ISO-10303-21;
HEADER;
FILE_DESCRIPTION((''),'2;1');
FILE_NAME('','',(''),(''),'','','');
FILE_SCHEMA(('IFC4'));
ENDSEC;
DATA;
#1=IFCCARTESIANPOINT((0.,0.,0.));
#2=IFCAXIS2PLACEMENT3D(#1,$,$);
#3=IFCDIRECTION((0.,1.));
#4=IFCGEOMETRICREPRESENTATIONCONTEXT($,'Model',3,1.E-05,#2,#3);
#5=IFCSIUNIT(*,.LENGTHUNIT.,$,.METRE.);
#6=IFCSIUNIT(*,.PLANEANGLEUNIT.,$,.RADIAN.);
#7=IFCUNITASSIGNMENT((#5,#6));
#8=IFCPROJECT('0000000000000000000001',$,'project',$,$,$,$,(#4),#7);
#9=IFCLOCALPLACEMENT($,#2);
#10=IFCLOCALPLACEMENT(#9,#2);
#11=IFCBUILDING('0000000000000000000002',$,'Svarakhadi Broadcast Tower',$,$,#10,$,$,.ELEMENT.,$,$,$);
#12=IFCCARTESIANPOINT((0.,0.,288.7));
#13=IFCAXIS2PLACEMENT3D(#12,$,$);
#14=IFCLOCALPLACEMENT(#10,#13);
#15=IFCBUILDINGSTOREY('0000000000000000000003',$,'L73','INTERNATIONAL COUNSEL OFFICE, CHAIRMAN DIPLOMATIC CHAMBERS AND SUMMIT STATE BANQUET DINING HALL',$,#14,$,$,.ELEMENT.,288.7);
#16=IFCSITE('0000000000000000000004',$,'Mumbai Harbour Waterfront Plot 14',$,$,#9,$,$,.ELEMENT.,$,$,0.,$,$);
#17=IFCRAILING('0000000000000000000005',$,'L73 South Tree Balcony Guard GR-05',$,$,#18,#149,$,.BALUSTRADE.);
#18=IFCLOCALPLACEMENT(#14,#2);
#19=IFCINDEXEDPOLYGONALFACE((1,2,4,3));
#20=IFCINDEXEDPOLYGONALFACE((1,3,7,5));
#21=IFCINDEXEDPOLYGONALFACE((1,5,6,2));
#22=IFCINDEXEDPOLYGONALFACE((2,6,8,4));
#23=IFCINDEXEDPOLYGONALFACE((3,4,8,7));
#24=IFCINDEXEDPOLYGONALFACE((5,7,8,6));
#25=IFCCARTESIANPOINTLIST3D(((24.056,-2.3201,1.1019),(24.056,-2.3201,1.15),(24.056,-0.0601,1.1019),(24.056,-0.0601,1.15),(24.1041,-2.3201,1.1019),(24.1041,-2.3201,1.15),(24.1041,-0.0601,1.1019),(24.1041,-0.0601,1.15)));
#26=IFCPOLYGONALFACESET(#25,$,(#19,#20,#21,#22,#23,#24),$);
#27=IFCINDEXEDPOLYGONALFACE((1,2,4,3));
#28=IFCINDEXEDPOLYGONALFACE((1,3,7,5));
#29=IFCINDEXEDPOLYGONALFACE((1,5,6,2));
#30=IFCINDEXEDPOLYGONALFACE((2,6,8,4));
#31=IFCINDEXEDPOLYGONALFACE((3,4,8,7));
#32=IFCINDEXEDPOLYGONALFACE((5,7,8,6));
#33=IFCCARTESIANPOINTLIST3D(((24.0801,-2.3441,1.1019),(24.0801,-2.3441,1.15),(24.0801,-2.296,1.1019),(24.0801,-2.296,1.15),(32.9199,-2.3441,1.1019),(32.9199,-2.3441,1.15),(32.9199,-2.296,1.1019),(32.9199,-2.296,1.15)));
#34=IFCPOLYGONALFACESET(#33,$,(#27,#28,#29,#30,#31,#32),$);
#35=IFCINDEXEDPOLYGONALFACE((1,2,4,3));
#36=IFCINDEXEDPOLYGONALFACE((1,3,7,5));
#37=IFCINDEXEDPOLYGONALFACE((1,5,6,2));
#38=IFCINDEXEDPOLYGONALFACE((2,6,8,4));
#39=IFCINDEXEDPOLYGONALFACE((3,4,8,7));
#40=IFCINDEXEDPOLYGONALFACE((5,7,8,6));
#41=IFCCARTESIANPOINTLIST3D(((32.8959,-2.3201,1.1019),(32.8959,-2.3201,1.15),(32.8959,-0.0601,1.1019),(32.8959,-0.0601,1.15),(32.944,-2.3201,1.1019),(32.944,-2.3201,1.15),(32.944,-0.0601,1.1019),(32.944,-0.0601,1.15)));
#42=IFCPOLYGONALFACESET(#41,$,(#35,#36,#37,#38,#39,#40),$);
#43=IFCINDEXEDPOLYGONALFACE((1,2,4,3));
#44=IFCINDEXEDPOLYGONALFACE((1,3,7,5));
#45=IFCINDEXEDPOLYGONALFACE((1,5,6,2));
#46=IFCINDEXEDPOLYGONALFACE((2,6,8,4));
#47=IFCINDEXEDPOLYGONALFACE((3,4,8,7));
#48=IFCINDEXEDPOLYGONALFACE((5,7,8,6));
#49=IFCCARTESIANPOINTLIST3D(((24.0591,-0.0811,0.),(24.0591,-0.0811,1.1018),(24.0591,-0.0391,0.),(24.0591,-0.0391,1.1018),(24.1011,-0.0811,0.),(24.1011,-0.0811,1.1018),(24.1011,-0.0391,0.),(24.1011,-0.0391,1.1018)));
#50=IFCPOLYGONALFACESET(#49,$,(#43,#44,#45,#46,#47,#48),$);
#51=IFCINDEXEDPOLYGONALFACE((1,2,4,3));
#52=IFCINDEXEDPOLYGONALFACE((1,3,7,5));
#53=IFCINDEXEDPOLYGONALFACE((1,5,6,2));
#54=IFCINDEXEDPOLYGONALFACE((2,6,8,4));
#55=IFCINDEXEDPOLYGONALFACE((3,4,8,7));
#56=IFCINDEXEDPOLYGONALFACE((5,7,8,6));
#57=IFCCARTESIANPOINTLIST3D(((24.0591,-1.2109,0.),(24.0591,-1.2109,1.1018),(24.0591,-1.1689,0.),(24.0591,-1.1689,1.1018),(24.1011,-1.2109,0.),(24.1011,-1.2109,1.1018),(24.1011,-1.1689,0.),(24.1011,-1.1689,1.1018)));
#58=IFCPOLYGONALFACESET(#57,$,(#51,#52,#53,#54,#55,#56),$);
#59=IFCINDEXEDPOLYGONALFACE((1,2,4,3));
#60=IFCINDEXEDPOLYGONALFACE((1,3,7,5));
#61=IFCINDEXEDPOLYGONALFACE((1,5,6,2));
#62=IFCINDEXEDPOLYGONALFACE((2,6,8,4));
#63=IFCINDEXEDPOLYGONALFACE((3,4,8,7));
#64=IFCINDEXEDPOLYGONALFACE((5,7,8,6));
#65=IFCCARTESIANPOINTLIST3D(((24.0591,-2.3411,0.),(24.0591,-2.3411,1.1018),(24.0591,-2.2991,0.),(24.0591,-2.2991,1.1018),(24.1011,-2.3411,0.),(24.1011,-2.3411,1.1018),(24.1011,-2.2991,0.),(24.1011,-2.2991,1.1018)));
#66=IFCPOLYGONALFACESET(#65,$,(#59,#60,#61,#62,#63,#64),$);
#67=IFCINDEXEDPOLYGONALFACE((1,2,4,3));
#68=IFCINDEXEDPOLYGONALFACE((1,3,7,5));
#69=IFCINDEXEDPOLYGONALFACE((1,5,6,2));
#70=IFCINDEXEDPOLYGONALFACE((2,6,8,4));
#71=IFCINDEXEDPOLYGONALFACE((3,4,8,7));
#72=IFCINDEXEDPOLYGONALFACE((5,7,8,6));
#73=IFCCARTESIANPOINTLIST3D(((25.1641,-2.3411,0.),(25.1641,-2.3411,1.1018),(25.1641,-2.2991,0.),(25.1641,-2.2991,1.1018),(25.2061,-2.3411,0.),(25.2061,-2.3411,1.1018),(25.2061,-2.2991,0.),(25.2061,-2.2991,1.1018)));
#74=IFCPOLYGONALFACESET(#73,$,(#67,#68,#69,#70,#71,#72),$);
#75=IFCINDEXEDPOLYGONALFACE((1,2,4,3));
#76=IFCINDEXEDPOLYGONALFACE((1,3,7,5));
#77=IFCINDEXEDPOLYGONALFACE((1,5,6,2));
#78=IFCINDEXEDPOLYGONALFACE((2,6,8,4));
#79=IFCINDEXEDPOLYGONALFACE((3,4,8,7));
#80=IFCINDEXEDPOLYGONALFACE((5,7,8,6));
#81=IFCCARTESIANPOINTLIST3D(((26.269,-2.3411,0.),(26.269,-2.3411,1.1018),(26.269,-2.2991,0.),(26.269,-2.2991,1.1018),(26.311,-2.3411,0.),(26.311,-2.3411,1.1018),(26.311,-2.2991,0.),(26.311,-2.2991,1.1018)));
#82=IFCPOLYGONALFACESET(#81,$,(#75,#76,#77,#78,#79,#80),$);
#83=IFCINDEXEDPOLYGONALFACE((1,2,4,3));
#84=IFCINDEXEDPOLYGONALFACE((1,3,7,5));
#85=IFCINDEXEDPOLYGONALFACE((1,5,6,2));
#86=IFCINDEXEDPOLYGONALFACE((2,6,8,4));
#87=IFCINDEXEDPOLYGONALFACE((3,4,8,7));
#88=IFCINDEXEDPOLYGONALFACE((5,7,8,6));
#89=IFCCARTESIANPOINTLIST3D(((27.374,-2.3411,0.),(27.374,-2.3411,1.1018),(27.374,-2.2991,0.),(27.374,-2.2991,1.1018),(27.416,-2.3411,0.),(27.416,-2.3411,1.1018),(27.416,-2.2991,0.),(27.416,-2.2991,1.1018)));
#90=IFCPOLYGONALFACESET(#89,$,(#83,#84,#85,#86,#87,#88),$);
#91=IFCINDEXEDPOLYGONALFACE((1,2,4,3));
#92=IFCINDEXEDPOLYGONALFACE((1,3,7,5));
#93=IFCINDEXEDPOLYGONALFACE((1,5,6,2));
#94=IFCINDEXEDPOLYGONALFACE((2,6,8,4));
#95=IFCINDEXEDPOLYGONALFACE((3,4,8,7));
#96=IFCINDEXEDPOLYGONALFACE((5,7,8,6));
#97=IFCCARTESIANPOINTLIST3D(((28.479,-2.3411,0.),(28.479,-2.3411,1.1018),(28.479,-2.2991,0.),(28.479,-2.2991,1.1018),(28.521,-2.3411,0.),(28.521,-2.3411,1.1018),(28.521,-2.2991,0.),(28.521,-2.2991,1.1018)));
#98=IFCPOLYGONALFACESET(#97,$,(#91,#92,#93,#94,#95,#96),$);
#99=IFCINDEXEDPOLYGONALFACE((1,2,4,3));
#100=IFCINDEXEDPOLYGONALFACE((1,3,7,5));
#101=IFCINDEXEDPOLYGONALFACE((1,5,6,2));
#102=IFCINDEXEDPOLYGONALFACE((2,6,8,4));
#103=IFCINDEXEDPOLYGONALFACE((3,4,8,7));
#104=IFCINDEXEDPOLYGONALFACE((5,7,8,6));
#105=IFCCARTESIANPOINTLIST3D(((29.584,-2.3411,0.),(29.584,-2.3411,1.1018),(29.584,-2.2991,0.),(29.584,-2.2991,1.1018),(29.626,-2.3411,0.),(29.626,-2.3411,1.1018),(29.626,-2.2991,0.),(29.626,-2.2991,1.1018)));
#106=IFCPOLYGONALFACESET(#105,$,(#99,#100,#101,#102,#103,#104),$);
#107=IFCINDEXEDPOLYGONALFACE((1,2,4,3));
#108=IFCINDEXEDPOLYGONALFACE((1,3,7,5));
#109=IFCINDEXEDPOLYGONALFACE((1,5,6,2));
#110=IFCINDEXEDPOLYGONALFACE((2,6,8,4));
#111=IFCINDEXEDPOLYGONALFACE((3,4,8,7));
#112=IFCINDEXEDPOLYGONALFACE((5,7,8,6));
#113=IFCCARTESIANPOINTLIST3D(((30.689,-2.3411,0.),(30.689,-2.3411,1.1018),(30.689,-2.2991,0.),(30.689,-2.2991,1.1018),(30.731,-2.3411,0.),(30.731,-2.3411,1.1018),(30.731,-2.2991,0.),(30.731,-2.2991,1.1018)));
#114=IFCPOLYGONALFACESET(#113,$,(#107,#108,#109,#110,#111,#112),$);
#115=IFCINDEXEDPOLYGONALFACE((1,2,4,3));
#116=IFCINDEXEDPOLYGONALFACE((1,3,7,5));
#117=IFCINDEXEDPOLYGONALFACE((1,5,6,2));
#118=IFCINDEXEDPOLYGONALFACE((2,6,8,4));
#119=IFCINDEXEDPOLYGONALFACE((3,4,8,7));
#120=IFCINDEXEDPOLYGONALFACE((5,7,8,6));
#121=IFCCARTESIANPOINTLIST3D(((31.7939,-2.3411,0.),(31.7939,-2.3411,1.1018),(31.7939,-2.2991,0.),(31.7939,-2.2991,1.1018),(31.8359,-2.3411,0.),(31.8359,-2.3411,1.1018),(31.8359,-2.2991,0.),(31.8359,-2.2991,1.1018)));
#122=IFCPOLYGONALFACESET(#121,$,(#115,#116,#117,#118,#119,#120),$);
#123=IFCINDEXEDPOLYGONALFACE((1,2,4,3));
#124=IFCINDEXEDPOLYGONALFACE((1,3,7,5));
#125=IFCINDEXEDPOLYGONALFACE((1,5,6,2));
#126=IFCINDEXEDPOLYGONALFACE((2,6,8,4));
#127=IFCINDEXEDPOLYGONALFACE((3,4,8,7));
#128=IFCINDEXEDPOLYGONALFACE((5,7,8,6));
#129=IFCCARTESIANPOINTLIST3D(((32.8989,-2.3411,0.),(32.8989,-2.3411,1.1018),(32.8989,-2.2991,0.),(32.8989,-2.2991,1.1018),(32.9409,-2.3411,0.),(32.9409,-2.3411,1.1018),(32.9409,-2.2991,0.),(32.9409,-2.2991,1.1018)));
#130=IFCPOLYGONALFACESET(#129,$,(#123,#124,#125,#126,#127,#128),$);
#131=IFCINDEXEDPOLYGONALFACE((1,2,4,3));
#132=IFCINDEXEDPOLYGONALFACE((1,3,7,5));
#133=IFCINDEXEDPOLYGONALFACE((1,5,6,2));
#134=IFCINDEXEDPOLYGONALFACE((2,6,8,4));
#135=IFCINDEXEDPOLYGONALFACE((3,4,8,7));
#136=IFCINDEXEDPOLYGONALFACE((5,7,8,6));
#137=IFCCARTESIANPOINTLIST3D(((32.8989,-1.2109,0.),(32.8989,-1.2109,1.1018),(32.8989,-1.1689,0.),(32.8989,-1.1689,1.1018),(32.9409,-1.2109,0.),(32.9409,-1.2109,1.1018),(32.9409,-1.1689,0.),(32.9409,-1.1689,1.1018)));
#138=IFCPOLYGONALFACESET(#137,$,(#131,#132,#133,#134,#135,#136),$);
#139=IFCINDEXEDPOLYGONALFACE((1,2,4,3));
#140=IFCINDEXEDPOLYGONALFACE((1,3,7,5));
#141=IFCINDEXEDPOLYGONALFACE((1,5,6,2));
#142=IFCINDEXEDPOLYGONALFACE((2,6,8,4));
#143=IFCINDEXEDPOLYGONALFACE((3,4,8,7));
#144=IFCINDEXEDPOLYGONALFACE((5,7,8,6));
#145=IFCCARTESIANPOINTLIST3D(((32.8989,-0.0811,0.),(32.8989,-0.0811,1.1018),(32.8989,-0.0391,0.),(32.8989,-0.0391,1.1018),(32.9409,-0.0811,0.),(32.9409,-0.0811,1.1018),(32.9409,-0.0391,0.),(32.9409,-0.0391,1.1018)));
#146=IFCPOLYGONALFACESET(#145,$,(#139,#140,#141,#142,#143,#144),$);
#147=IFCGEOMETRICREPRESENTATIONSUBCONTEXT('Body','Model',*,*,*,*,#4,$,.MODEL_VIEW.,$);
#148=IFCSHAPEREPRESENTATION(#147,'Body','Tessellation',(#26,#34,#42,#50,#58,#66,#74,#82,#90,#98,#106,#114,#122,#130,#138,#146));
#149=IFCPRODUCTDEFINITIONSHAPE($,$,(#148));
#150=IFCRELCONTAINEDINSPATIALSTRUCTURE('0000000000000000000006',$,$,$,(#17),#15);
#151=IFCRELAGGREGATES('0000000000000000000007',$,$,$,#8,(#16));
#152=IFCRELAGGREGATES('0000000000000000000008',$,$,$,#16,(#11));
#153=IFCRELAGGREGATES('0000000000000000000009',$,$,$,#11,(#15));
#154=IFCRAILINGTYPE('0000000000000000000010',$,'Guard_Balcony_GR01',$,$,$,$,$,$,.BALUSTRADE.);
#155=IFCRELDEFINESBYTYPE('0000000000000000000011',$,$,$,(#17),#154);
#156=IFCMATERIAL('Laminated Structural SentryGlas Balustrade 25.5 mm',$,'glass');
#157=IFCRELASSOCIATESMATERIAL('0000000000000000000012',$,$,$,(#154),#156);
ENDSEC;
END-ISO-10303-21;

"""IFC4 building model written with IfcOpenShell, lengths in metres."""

from ifc_helpers import new_model, si_unit, direction, frame, origin, origin_2d, place, context, subcontext, project, spatial, rectangle, extrude, material, type_object, element, save


model = new_model("IFC4")

# Units and contexts
model_context = context("Model", 3, precision=1e-05, world=origin(), true_north=direction((0.0, 1.0)))
body_context = subcontext(model_context, "Body", "Model", "MODEL_VIEW")
ifc_project = project(units=[si_unit("LENGTHUNIT", "METRE"), si_unit("PLANEANGLEUNIT", "RADIAN")], contexts=[model_context])

# Site, building, storey
site_placement = place(None, origin())
site = spatial("IfcSite", under=ifc_project, at=site_placement, Name="Mumbai Harbour Waterfront Plot 14", CompositionType="ELEMENT", RefElevation=0.0)
building_placement = place(site_placement, origin())
building = spatial("IfcBuilding", under=site, at=building_placement, Name="Svarakhadi Broadcast Tower", CompositionType="ELEMENT")
storey_placement = place(building_placement, frame((0.0, 0.0, 288.7)))
storey = spatial("IfcBuildingStorey", under=building, at=storey_placement, Name="L73", Description="INTERNATIONAL COUNSEL OFFICE, CHAIRMAN DIPLOMATIC CHAMBERS AND SUMMIT STATE BANQUET DINING HALL", CompositionType="ELEMENT", Elevation=288.7)

# Railing
ifc_material_1 = material(Name="Laminated Structural SentryGlas Balustrade 25.5 mm", Category="glass")
railing_type = type_object("IfcRailingType", Name="Guard_Balcony_GR01", PredefinedType="BALUSTRADE", material=ifc_material_1)
railing_placement = place(storey_placement, frame((24.0801, -0.0601, 0.0)))
element("IfcRailing", 1, at=railing_placement, inside=storey, type_object=railing_type, Name="L73 South Tree Balcony Guard GR-05", PredefinedType="BALUSTRADE", context=body_context, shape_type="SweptSolid", body=[
    extrude(rectangle(XDim=0.0481, YDim=0.0481, at=origin_2d()), frame((0.0, 0.0, 1.126), z_axis=(0.0, -1.0, 0.0), x_axis=(1.0, 0.0, 0.0)), (0.0, 0.0, 1.0), 2.26),
    extrude(rectangle(XDim=0.0481, YDim=0.0481, at=origin_2d()), frame((0.0, -2.26, 1.126), z_axis=(1.0, 0.0, 0.0), x_axis=(0.0, 1.0, 0.0)), (0.0, 0.0, 1.0), 8.8398),
    extrude(rectangle(XDim=0.0481, YDim=0.0481, at=origin_2d()), frame((8.8398, -2.26, 1.126), z_axis=(0.0, 1.0, 0.0), x_axis=(-1.0, 0.0, 0.0)), (0.0, 0.0, 1.0), 2.26),
    extrude(rectangle(XDim=0.042, YDim=0.042, at=origin_2d()), origin(), (0.0, 0.0, 1.0), 1.1018),
    extrude(rectangle(XDim=0.042, YDim=0.042, at=origin_2d()), frame((0.0, -1.1299, 0.0)), (0.0, 0.0, 1.0), 1.1018),
    extrude(rectangle(XDim=0.042, YDim=0.042, at=origin_2d()), frame((0.0, -2.26, 0.0)), (0.0, 0.0, 1.0), 1.1018),
    extrude(rectangle(XDim=0.042, YDim=0.042, at=origin_2d()), frame((1.105, -2.26, 0.0)), (0.0, 0.0, 1.0), 1.1018),
    extrude(rectangle(XDim=0.042, YDim=0.042, at=origin_2d()), frame((2.21, -2.26, 0.0)), (0.0, 0.0, 1.0), 1.1018),
    extrude(rectangle(XDim=0.042, YDim=0.042, at=origin_2d()), frame((3.3149, -2.26, 0.0)), (0.0, 0.0, 1.0), 1.1018),
    extrude(rectangle(XDim=0.042, YDim=0.042, at=origin_2d()), frame((4.4199, -2.26, 0.0)), (0.0, 0.0, 1.0), 1.1018),
    extrude(rectangle(XDim=0.042, YDim=0.042, at=origin_2d()), frame((5.5249, -2.26, 0.0)), (0.0, 0.0, 1.0), 1.1018),
    extrude(rectangle(XDim=0.042, YDim=0.042, at=origin_2d()), frame((6.6299, -2.26, 0.0)), (0.0, 0.0, 1.0), 1.1018),
    extrude(rectangle(XDim=0.042, YDim=0.042, at=origin_2d()), frame((7.7349, -2.26, 0.0)), (0.0, 0.0, 1.0), 1.1018),
    extrude(rectangle(XDim=0.042, YDim=0.042, at=origin_2d()), frame((8.8398, -2.26, 0.0)), (0.0, 0.0, 1.0), 1.1018),
    extrude(rectangle(XDim=0.042, YDim=0.042, at=origin_2d()), frame((8.8398, -1.1299, 0.0)), (0.0, 0.0, 1.0), 1.1018),
    extrude(rectangle(XDim=0.042, YDim=0.042, at=origin_2d()), frame((8.8398, 0.0, 0.0)), (0.0, 0.0, 1.0), 1.1018),
])

save(model, "model.ifc")
